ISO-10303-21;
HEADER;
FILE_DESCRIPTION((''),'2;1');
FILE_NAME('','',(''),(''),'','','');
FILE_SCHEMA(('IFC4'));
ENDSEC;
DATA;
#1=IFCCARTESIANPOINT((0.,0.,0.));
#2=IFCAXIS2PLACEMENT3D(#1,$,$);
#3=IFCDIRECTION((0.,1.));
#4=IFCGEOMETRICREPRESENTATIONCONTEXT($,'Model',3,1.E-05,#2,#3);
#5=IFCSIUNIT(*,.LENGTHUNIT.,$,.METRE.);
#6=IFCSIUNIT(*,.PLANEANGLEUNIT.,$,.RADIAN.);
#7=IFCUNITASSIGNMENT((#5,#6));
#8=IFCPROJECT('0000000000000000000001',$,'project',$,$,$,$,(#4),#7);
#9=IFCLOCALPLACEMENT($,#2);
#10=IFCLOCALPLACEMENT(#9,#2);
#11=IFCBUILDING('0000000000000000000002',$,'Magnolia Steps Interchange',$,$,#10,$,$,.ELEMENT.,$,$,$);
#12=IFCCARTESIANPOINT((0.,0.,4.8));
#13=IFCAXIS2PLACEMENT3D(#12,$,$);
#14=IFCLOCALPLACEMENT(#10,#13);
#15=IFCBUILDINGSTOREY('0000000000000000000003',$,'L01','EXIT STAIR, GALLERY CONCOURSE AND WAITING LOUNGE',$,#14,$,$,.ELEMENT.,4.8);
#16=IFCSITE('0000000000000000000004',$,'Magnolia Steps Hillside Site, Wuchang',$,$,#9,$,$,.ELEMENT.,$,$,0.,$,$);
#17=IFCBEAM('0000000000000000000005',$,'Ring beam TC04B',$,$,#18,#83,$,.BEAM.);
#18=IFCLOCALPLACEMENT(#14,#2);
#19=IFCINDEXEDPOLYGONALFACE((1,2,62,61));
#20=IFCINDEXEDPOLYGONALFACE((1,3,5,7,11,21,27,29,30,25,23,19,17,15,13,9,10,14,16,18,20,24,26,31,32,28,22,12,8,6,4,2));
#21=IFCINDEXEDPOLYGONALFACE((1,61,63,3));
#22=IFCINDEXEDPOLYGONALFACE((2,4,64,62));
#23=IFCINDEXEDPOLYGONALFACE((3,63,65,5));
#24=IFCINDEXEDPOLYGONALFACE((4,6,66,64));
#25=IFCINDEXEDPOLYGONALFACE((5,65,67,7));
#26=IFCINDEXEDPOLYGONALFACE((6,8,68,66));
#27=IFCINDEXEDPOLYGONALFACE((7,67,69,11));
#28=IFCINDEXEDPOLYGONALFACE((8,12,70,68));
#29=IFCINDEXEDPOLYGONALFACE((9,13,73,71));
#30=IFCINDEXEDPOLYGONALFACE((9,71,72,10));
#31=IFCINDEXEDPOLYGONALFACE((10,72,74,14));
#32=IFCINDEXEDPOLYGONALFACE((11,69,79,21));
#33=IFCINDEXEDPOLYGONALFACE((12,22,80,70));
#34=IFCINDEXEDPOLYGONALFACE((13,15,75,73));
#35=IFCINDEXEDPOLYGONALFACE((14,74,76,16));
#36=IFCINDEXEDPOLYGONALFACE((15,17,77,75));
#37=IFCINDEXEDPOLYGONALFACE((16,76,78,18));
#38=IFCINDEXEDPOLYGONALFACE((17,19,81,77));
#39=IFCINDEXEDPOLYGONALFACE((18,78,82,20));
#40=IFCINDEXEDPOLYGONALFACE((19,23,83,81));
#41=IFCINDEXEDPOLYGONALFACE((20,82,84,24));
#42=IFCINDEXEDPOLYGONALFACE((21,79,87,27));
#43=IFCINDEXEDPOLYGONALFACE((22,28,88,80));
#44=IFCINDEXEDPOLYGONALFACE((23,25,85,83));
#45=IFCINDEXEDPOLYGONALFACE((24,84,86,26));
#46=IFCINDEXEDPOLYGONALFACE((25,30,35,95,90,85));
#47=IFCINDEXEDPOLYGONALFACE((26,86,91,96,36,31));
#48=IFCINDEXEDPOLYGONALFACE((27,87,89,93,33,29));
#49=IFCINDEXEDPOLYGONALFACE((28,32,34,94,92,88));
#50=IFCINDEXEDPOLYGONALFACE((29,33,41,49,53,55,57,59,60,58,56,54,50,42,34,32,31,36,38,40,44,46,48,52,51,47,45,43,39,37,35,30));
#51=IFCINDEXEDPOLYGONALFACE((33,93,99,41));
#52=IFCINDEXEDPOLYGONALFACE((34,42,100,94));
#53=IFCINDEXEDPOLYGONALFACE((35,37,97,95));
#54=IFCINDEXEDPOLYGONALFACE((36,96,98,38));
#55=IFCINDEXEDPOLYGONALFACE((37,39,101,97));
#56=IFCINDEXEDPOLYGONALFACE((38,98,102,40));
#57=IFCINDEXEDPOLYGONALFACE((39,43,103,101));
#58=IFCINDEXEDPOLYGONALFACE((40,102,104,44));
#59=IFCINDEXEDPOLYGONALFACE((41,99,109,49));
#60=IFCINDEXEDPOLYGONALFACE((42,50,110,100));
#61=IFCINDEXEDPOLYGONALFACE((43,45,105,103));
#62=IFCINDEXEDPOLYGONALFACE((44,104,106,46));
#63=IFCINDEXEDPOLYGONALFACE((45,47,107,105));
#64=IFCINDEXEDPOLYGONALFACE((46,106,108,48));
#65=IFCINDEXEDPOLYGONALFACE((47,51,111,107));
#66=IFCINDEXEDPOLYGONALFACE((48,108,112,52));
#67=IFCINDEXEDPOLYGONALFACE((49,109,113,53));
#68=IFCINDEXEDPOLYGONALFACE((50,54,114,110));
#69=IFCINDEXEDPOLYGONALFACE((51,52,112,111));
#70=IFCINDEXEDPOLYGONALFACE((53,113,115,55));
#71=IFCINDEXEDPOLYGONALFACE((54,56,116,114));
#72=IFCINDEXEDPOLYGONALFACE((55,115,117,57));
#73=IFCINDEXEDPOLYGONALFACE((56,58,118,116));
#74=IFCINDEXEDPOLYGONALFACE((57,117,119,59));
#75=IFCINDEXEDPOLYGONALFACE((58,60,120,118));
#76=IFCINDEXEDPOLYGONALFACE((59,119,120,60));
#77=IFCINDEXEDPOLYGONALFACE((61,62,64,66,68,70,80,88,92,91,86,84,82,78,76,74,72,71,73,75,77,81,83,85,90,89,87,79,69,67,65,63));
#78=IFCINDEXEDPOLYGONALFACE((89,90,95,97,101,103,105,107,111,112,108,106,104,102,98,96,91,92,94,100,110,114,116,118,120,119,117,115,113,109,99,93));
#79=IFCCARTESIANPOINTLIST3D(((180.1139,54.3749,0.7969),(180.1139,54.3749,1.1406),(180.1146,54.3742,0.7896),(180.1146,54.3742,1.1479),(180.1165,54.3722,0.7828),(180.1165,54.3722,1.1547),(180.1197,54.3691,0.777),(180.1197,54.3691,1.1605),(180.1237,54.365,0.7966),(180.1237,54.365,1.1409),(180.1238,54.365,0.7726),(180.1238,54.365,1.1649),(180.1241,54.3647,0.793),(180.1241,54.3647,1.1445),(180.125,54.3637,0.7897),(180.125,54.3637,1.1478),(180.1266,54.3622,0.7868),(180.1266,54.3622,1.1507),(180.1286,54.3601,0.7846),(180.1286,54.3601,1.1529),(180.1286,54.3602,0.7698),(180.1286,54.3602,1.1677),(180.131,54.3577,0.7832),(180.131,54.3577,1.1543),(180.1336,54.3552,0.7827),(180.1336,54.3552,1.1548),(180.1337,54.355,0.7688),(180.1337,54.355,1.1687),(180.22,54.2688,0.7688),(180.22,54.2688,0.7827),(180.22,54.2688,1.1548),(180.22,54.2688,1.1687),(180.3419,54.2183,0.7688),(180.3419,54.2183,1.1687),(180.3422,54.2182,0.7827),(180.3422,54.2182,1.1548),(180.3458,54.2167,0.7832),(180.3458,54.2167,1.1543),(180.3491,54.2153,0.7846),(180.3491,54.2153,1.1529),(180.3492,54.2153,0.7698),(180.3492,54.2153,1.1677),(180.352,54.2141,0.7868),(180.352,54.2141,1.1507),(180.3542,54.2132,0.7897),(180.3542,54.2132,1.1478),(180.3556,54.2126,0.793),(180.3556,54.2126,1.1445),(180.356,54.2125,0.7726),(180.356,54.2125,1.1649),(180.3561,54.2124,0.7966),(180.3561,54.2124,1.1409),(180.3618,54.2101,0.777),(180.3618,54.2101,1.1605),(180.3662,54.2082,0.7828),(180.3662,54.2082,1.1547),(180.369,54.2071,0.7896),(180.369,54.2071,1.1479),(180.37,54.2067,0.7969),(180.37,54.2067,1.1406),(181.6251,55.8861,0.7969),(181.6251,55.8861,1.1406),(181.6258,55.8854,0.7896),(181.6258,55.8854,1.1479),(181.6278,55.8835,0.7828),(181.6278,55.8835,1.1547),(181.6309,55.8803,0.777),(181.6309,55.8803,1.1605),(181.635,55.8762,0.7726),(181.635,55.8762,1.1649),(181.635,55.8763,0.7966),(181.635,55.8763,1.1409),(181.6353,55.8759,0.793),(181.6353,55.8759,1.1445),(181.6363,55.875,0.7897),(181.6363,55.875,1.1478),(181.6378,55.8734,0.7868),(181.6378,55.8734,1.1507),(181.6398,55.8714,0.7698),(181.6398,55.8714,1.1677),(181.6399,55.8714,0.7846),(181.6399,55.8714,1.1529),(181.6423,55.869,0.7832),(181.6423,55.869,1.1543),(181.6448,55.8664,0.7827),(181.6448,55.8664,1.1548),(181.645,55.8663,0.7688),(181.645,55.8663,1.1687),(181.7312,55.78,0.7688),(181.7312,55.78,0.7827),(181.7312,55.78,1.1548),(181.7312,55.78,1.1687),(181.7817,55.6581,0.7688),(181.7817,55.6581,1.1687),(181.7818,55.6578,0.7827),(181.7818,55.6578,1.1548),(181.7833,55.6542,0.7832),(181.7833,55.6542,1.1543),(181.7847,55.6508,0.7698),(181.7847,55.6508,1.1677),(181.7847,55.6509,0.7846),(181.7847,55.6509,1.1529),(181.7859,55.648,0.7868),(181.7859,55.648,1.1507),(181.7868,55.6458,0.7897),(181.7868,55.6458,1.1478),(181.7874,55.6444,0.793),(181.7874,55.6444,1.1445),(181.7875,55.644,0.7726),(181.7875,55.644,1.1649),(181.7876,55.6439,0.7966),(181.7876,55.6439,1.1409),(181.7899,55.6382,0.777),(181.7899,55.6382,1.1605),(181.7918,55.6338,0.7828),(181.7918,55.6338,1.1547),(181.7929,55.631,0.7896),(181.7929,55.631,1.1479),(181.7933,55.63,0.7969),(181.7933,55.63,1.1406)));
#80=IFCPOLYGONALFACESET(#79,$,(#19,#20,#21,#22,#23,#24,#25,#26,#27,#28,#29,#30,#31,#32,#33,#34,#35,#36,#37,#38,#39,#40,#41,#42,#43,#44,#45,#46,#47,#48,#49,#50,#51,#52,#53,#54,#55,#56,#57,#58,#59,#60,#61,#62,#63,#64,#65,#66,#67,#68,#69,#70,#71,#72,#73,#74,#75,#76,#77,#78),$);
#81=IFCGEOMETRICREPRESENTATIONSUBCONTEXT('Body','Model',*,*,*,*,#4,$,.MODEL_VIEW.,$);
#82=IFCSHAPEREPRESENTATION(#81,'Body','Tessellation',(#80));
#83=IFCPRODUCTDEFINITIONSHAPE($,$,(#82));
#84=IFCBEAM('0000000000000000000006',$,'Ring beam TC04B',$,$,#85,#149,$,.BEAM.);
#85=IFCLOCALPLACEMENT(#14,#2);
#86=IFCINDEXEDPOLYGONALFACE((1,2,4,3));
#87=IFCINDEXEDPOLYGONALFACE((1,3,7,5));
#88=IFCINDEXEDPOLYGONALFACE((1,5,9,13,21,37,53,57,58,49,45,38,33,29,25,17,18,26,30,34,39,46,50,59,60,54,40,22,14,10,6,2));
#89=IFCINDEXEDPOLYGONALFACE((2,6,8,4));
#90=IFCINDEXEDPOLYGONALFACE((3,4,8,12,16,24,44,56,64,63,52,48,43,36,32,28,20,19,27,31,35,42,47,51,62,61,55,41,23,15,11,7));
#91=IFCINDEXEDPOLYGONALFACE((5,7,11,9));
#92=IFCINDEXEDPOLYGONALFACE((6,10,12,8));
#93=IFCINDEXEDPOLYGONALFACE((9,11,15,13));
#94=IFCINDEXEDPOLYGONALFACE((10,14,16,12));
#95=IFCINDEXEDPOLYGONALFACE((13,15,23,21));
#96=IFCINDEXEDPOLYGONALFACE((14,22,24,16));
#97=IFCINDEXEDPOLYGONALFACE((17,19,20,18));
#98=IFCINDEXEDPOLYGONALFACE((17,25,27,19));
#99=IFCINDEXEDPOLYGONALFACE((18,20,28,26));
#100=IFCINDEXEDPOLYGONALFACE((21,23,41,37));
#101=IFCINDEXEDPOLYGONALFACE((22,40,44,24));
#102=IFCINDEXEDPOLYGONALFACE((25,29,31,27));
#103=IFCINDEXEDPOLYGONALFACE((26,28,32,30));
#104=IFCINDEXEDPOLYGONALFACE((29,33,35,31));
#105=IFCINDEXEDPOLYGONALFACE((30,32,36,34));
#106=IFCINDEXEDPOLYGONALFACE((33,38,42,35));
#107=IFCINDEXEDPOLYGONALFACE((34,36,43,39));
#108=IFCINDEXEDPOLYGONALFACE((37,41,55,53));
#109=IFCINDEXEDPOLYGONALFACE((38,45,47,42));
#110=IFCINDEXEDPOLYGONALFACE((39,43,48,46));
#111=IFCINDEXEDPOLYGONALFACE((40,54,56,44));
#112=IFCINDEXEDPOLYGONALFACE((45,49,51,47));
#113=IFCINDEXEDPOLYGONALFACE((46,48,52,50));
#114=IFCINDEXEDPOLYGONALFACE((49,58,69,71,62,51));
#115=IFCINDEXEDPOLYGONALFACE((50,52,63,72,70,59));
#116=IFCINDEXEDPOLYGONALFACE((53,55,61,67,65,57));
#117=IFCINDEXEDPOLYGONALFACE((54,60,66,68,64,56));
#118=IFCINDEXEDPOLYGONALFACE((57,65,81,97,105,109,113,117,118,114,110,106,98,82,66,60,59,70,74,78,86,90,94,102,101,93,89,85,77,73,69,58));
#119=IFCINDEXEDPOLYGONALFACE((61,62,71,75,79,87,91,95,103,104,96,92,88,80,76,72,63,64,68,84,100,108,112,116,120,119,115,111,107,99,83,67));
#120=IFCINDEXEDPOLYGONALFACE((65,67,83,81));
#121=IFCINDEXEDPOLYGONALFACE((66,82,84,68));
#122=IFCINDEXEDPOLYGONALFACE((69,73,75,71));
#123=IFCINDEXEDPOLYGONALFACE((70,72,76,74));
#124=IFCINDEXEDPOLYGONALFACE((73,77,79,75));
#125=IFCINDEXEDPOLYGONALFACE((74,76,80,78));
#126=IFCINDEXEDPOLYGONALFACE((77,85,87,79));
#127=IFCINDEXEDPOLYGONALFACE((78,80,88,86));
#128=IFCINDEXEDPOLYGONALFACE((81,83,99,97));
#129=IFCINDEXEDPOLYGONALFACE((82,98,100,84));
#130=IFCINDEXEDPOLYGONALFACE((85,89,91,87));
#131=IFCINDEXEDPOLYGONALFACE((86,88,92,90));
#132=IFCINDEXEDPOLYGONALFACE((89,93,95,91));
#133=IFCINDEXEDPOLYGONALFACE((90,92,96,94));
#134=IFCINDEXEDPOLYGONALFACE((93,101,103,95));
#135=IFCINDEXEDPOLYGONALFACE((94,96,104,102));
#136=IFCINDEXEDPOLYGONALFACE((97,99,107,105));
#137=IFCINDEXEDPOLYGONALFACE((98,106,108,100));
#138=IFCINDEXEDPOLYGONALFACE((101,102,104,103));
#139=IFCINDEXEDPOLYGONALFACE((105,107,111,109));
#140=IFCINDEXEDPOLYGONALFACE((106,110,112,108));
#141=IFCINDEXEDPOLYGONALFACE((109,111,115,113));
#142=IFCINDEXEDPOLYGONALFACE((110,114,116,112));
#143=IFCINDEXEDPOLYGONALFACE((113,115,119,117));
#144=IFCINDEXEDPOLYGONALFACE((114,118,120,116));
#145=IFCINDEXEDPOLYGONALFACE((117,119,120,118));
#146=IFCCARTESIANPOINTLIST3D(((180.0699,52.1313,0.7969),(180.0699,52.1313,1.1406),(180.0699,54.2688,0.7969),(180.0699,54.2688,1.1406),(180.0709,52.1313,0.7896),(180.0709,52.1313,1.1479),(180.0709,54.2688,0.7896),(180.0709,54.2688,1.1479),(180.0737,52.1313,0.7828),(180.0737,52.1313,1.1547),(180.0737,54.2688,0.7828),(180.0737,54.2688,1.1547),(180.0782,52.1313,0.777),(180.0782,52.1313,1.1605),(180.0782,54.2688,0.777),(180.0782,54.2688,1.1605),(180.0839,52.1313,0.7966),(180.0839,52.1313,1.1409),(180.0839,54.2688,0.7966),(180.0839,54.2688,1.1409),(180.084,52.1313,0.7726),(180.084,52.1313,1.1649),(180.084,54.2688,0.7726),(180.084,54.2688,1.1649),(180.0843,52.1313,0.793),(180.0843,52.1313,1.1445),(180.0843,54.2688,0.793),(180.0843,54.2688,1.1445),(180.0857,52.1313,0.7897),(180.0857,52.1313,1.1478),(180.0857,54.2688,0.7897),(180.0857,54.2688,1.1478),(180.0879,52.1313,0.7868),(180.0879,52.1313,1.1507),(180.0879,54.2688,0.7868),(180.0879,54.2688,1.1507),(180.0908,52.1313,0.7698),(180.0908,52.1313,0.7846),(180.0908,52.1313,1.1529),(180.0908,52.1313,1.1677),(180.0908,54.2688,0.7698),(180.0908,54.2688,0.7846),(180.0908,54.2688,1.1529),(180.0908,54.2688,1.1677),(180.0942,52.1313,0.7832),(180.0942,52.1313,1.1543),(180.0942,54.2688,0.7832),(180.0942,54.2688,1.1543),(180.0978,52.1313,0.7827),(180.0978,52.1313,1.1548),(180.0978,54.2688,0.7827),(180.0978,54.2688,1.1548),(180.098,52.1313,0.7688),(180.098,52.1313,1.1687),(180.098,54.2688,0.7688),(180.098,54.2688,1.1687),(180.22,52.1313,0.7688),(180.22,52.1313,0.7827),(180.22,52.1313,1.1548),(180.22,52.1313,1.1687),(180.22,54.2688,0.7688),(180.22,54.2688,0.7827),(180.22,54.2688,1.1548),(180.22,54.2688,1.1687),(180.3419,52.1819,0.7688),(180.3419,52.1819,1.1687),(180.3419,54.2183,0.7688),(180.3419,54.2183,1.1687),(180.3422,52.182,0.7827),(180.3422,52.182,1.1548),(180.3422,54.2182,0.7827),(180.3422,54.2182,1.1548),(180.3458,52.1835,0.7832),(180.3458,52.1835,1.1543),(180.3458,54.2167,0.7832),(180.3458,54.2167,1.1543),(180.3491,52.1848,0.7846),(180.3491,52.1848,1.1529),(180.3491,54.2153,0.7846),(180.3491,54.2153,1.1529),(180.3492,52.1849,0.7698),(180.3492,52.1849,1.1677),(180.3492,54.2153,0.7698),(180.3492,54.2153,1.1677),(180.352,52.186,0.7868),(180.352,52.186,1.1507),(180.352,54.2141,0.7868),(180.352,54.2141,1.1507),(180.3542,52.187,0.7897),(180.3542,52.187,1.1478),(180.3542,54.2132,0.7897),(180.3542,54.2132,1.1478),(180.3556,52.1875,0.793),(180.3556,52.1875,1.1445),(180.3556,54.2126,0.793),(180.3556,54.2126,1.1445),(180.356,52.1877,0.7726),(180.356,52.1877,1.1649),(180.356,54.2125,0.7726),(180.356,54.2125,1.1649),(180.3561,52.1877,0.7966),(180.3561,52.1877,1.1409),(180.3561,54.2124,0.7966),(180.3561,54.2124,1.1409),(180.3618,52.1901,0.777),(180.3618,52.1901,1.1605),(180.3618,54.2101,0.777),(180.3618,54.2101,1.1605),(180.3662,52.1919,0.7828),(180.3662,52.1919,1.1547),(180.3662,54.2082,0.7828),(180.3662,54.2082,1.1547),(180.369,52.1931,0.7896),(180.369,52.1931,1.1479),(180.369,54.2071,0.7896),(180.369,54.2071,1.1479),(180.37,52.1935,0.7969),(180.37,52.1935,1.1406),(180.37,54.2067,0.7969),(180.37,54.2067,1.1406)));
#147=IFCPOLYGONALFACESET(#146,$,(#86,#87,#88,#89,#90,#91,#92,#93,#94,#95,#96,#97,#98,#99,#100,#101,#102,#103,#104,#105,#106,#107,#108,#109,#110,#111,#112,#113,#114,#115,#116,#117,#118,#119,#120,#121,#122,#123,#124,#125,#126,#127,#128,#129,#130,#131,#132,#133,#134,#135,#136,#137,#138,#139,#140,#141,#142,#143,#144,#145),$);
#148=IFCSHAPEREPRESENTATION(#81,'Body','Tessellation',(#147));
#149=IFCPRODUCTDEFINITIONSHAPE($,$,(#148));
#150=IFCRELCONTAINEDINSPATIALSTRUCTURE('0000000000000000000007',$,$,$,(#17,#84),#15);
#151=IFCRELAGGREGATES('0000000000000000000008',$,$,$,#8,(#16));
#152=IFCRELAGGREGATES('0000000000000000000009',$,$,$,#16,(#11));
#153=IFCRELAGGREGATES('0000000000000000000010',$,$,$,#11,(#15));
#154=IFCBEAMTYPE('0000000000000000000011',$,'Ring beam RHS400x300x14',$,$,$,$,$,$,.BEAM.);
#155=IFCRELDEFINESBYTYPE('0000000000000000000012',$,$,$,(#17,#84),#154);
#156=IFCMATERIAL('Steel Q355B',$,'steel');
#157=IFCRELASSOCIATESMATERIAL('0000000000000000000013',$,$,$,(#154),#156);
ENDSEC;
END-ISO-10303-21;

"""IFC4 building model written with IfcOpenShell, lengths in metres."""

from ifc_helpers import new_model, si_unit, direction, frame, origin, origin_2d, place, context, subcontext, project, spatial, hollow_rectangle, extrude, clip, halfspace, material, material_profile, profile_set, type_object, element, save


model = new_model("IFC4")

# Units and contexts
model_context = context("Model", 3, precision=1e-05, world=origin(), true_north=direction((0.0, 1.0)))
body_context = subcontext(model_context, "Body", "Model", "MODEL_VIEW")
ifc_project = project(units=[si_unit("LENGTHUNIT", "METRE"), si_unit("PLANEANGLEUNIT", "RADIAN")], contexts=[model_context])

# Site, building, storey
site_placement = place(None, origin())
site = spatial("IfcSite", under=ifc_project, at=site_placement, Name="Magnolia Steps Hillside Site, Wuchang", CompositionType="ELEMENT", RefElevation=0.0)
building_placement = place(site_placement, origin())
building = spatial("IfcBuilding", under=site, at=building_placement, Name="Magnolia Steps Interchange", CompositionType="ELEMENT")
storey_placement = place(building_placement, frame((0.0, 0.0, 4.8)))
storey = spatial("IfcBuildingStorey", under=building, at=storey_placement, Name="L01", Description="EXIT STAIR, GALLERY CONCOURSE AND WAITING LOUNGE", CompositionType="ELEMENT", Elevation=4.8)

# Beams
ifc_material_1 = material(Name="Steel Q355B", Category="steel")
ifc_material_profile_1 = material_profile(ifc_material_1, hollow_rectangle(XDim=0.3, YDim=0.3999, WallThickness=0.0139, InnerFilletRadius=0.0139, OuterFilletRadius=0.0281, at=origin_2d()), Name="RHS400x300x14")
ifc_profile_set_1 = profile_set([ifc_material_profile_1], Name="Steel Q355B")
beam_type_1 = type_object("IfcBeamType", Name="Ring beam RHS400x300x14", PredefinedType="BEAM", material=ifc_profile_set_1)
beam_1_placement = place(storey_placement, frame((181.7312, 55.78, 0.9688), z_axis=(-0.707107, -0.707107, 0.0), x_axis=(0.707107, -0.707107, 0.0)))
element("IfcBeam", 1, at=beam_1_placement, inside=storey, type_object=beam_type_1, Name="Ring beam TC04B", PredefinedType="BEAM", context=body_context, shape_type="Clipping", body=[
    clip(clip(extrude(hollow_rectangle(XDim=0.3, YDim=0.3999, WallThickness=0.0139, InnerFilletRadius=0.0139, OuterFilletRadius=0.0281, at=origin_2d()), origin(), (0.0, 0.0, 1.0), 2.1372), halfspace(frame((0.0, 0.0, 0.0), z_axis=(0.382683, 0.0, -0.92388), x_axis=(0.92388, 0.0, 0.382683)), False)), halfspace(frame((0.0, 0.0, 2.1372), z_axis=(0.382683, 0.0, 0.92388), x_axis=(0.92388, 0.0, -0.382683)), False)),
])
beam_2_placement = place(storey_placement, frame((180.22, 54.2688, 0.9688), z_axis=(0.0, -1.0, 0.0), x_axis=(1.0, 0.0, 0.0)))
element("IfcBeam", 2, at=beam_2_placement, inside=storey, type_object=beam_type_1, Name="Ring beam TC04B", PredefinedType="BEAM", context=body_context, shape_type="Clipping", body=[
    clip(clip(extrude(hollow_rectangle(XDim=0.3, YDim=0.3999, WallThickness=0.0139, InnerFilletRadius=0.0139, OuterFilletRadius=0.0281, at=origin_2d()), origin(), (0.0, 0.0, 1.0), 2.1375), halfspace(frame((0.0, 0.0, 0.0), z_axis=(0.382683, 0.0, -0.92388), x_axis=(0.92388, 0.0, 0.382683)), False)), halfspace(frame((0.0, 0.0, 2.1375), z_axis=(0.382683, 0.0, 0.92388), x_axis=(0.92388, 0.0, -0.382683)), False)),
])

save(model, "model.ifc")
